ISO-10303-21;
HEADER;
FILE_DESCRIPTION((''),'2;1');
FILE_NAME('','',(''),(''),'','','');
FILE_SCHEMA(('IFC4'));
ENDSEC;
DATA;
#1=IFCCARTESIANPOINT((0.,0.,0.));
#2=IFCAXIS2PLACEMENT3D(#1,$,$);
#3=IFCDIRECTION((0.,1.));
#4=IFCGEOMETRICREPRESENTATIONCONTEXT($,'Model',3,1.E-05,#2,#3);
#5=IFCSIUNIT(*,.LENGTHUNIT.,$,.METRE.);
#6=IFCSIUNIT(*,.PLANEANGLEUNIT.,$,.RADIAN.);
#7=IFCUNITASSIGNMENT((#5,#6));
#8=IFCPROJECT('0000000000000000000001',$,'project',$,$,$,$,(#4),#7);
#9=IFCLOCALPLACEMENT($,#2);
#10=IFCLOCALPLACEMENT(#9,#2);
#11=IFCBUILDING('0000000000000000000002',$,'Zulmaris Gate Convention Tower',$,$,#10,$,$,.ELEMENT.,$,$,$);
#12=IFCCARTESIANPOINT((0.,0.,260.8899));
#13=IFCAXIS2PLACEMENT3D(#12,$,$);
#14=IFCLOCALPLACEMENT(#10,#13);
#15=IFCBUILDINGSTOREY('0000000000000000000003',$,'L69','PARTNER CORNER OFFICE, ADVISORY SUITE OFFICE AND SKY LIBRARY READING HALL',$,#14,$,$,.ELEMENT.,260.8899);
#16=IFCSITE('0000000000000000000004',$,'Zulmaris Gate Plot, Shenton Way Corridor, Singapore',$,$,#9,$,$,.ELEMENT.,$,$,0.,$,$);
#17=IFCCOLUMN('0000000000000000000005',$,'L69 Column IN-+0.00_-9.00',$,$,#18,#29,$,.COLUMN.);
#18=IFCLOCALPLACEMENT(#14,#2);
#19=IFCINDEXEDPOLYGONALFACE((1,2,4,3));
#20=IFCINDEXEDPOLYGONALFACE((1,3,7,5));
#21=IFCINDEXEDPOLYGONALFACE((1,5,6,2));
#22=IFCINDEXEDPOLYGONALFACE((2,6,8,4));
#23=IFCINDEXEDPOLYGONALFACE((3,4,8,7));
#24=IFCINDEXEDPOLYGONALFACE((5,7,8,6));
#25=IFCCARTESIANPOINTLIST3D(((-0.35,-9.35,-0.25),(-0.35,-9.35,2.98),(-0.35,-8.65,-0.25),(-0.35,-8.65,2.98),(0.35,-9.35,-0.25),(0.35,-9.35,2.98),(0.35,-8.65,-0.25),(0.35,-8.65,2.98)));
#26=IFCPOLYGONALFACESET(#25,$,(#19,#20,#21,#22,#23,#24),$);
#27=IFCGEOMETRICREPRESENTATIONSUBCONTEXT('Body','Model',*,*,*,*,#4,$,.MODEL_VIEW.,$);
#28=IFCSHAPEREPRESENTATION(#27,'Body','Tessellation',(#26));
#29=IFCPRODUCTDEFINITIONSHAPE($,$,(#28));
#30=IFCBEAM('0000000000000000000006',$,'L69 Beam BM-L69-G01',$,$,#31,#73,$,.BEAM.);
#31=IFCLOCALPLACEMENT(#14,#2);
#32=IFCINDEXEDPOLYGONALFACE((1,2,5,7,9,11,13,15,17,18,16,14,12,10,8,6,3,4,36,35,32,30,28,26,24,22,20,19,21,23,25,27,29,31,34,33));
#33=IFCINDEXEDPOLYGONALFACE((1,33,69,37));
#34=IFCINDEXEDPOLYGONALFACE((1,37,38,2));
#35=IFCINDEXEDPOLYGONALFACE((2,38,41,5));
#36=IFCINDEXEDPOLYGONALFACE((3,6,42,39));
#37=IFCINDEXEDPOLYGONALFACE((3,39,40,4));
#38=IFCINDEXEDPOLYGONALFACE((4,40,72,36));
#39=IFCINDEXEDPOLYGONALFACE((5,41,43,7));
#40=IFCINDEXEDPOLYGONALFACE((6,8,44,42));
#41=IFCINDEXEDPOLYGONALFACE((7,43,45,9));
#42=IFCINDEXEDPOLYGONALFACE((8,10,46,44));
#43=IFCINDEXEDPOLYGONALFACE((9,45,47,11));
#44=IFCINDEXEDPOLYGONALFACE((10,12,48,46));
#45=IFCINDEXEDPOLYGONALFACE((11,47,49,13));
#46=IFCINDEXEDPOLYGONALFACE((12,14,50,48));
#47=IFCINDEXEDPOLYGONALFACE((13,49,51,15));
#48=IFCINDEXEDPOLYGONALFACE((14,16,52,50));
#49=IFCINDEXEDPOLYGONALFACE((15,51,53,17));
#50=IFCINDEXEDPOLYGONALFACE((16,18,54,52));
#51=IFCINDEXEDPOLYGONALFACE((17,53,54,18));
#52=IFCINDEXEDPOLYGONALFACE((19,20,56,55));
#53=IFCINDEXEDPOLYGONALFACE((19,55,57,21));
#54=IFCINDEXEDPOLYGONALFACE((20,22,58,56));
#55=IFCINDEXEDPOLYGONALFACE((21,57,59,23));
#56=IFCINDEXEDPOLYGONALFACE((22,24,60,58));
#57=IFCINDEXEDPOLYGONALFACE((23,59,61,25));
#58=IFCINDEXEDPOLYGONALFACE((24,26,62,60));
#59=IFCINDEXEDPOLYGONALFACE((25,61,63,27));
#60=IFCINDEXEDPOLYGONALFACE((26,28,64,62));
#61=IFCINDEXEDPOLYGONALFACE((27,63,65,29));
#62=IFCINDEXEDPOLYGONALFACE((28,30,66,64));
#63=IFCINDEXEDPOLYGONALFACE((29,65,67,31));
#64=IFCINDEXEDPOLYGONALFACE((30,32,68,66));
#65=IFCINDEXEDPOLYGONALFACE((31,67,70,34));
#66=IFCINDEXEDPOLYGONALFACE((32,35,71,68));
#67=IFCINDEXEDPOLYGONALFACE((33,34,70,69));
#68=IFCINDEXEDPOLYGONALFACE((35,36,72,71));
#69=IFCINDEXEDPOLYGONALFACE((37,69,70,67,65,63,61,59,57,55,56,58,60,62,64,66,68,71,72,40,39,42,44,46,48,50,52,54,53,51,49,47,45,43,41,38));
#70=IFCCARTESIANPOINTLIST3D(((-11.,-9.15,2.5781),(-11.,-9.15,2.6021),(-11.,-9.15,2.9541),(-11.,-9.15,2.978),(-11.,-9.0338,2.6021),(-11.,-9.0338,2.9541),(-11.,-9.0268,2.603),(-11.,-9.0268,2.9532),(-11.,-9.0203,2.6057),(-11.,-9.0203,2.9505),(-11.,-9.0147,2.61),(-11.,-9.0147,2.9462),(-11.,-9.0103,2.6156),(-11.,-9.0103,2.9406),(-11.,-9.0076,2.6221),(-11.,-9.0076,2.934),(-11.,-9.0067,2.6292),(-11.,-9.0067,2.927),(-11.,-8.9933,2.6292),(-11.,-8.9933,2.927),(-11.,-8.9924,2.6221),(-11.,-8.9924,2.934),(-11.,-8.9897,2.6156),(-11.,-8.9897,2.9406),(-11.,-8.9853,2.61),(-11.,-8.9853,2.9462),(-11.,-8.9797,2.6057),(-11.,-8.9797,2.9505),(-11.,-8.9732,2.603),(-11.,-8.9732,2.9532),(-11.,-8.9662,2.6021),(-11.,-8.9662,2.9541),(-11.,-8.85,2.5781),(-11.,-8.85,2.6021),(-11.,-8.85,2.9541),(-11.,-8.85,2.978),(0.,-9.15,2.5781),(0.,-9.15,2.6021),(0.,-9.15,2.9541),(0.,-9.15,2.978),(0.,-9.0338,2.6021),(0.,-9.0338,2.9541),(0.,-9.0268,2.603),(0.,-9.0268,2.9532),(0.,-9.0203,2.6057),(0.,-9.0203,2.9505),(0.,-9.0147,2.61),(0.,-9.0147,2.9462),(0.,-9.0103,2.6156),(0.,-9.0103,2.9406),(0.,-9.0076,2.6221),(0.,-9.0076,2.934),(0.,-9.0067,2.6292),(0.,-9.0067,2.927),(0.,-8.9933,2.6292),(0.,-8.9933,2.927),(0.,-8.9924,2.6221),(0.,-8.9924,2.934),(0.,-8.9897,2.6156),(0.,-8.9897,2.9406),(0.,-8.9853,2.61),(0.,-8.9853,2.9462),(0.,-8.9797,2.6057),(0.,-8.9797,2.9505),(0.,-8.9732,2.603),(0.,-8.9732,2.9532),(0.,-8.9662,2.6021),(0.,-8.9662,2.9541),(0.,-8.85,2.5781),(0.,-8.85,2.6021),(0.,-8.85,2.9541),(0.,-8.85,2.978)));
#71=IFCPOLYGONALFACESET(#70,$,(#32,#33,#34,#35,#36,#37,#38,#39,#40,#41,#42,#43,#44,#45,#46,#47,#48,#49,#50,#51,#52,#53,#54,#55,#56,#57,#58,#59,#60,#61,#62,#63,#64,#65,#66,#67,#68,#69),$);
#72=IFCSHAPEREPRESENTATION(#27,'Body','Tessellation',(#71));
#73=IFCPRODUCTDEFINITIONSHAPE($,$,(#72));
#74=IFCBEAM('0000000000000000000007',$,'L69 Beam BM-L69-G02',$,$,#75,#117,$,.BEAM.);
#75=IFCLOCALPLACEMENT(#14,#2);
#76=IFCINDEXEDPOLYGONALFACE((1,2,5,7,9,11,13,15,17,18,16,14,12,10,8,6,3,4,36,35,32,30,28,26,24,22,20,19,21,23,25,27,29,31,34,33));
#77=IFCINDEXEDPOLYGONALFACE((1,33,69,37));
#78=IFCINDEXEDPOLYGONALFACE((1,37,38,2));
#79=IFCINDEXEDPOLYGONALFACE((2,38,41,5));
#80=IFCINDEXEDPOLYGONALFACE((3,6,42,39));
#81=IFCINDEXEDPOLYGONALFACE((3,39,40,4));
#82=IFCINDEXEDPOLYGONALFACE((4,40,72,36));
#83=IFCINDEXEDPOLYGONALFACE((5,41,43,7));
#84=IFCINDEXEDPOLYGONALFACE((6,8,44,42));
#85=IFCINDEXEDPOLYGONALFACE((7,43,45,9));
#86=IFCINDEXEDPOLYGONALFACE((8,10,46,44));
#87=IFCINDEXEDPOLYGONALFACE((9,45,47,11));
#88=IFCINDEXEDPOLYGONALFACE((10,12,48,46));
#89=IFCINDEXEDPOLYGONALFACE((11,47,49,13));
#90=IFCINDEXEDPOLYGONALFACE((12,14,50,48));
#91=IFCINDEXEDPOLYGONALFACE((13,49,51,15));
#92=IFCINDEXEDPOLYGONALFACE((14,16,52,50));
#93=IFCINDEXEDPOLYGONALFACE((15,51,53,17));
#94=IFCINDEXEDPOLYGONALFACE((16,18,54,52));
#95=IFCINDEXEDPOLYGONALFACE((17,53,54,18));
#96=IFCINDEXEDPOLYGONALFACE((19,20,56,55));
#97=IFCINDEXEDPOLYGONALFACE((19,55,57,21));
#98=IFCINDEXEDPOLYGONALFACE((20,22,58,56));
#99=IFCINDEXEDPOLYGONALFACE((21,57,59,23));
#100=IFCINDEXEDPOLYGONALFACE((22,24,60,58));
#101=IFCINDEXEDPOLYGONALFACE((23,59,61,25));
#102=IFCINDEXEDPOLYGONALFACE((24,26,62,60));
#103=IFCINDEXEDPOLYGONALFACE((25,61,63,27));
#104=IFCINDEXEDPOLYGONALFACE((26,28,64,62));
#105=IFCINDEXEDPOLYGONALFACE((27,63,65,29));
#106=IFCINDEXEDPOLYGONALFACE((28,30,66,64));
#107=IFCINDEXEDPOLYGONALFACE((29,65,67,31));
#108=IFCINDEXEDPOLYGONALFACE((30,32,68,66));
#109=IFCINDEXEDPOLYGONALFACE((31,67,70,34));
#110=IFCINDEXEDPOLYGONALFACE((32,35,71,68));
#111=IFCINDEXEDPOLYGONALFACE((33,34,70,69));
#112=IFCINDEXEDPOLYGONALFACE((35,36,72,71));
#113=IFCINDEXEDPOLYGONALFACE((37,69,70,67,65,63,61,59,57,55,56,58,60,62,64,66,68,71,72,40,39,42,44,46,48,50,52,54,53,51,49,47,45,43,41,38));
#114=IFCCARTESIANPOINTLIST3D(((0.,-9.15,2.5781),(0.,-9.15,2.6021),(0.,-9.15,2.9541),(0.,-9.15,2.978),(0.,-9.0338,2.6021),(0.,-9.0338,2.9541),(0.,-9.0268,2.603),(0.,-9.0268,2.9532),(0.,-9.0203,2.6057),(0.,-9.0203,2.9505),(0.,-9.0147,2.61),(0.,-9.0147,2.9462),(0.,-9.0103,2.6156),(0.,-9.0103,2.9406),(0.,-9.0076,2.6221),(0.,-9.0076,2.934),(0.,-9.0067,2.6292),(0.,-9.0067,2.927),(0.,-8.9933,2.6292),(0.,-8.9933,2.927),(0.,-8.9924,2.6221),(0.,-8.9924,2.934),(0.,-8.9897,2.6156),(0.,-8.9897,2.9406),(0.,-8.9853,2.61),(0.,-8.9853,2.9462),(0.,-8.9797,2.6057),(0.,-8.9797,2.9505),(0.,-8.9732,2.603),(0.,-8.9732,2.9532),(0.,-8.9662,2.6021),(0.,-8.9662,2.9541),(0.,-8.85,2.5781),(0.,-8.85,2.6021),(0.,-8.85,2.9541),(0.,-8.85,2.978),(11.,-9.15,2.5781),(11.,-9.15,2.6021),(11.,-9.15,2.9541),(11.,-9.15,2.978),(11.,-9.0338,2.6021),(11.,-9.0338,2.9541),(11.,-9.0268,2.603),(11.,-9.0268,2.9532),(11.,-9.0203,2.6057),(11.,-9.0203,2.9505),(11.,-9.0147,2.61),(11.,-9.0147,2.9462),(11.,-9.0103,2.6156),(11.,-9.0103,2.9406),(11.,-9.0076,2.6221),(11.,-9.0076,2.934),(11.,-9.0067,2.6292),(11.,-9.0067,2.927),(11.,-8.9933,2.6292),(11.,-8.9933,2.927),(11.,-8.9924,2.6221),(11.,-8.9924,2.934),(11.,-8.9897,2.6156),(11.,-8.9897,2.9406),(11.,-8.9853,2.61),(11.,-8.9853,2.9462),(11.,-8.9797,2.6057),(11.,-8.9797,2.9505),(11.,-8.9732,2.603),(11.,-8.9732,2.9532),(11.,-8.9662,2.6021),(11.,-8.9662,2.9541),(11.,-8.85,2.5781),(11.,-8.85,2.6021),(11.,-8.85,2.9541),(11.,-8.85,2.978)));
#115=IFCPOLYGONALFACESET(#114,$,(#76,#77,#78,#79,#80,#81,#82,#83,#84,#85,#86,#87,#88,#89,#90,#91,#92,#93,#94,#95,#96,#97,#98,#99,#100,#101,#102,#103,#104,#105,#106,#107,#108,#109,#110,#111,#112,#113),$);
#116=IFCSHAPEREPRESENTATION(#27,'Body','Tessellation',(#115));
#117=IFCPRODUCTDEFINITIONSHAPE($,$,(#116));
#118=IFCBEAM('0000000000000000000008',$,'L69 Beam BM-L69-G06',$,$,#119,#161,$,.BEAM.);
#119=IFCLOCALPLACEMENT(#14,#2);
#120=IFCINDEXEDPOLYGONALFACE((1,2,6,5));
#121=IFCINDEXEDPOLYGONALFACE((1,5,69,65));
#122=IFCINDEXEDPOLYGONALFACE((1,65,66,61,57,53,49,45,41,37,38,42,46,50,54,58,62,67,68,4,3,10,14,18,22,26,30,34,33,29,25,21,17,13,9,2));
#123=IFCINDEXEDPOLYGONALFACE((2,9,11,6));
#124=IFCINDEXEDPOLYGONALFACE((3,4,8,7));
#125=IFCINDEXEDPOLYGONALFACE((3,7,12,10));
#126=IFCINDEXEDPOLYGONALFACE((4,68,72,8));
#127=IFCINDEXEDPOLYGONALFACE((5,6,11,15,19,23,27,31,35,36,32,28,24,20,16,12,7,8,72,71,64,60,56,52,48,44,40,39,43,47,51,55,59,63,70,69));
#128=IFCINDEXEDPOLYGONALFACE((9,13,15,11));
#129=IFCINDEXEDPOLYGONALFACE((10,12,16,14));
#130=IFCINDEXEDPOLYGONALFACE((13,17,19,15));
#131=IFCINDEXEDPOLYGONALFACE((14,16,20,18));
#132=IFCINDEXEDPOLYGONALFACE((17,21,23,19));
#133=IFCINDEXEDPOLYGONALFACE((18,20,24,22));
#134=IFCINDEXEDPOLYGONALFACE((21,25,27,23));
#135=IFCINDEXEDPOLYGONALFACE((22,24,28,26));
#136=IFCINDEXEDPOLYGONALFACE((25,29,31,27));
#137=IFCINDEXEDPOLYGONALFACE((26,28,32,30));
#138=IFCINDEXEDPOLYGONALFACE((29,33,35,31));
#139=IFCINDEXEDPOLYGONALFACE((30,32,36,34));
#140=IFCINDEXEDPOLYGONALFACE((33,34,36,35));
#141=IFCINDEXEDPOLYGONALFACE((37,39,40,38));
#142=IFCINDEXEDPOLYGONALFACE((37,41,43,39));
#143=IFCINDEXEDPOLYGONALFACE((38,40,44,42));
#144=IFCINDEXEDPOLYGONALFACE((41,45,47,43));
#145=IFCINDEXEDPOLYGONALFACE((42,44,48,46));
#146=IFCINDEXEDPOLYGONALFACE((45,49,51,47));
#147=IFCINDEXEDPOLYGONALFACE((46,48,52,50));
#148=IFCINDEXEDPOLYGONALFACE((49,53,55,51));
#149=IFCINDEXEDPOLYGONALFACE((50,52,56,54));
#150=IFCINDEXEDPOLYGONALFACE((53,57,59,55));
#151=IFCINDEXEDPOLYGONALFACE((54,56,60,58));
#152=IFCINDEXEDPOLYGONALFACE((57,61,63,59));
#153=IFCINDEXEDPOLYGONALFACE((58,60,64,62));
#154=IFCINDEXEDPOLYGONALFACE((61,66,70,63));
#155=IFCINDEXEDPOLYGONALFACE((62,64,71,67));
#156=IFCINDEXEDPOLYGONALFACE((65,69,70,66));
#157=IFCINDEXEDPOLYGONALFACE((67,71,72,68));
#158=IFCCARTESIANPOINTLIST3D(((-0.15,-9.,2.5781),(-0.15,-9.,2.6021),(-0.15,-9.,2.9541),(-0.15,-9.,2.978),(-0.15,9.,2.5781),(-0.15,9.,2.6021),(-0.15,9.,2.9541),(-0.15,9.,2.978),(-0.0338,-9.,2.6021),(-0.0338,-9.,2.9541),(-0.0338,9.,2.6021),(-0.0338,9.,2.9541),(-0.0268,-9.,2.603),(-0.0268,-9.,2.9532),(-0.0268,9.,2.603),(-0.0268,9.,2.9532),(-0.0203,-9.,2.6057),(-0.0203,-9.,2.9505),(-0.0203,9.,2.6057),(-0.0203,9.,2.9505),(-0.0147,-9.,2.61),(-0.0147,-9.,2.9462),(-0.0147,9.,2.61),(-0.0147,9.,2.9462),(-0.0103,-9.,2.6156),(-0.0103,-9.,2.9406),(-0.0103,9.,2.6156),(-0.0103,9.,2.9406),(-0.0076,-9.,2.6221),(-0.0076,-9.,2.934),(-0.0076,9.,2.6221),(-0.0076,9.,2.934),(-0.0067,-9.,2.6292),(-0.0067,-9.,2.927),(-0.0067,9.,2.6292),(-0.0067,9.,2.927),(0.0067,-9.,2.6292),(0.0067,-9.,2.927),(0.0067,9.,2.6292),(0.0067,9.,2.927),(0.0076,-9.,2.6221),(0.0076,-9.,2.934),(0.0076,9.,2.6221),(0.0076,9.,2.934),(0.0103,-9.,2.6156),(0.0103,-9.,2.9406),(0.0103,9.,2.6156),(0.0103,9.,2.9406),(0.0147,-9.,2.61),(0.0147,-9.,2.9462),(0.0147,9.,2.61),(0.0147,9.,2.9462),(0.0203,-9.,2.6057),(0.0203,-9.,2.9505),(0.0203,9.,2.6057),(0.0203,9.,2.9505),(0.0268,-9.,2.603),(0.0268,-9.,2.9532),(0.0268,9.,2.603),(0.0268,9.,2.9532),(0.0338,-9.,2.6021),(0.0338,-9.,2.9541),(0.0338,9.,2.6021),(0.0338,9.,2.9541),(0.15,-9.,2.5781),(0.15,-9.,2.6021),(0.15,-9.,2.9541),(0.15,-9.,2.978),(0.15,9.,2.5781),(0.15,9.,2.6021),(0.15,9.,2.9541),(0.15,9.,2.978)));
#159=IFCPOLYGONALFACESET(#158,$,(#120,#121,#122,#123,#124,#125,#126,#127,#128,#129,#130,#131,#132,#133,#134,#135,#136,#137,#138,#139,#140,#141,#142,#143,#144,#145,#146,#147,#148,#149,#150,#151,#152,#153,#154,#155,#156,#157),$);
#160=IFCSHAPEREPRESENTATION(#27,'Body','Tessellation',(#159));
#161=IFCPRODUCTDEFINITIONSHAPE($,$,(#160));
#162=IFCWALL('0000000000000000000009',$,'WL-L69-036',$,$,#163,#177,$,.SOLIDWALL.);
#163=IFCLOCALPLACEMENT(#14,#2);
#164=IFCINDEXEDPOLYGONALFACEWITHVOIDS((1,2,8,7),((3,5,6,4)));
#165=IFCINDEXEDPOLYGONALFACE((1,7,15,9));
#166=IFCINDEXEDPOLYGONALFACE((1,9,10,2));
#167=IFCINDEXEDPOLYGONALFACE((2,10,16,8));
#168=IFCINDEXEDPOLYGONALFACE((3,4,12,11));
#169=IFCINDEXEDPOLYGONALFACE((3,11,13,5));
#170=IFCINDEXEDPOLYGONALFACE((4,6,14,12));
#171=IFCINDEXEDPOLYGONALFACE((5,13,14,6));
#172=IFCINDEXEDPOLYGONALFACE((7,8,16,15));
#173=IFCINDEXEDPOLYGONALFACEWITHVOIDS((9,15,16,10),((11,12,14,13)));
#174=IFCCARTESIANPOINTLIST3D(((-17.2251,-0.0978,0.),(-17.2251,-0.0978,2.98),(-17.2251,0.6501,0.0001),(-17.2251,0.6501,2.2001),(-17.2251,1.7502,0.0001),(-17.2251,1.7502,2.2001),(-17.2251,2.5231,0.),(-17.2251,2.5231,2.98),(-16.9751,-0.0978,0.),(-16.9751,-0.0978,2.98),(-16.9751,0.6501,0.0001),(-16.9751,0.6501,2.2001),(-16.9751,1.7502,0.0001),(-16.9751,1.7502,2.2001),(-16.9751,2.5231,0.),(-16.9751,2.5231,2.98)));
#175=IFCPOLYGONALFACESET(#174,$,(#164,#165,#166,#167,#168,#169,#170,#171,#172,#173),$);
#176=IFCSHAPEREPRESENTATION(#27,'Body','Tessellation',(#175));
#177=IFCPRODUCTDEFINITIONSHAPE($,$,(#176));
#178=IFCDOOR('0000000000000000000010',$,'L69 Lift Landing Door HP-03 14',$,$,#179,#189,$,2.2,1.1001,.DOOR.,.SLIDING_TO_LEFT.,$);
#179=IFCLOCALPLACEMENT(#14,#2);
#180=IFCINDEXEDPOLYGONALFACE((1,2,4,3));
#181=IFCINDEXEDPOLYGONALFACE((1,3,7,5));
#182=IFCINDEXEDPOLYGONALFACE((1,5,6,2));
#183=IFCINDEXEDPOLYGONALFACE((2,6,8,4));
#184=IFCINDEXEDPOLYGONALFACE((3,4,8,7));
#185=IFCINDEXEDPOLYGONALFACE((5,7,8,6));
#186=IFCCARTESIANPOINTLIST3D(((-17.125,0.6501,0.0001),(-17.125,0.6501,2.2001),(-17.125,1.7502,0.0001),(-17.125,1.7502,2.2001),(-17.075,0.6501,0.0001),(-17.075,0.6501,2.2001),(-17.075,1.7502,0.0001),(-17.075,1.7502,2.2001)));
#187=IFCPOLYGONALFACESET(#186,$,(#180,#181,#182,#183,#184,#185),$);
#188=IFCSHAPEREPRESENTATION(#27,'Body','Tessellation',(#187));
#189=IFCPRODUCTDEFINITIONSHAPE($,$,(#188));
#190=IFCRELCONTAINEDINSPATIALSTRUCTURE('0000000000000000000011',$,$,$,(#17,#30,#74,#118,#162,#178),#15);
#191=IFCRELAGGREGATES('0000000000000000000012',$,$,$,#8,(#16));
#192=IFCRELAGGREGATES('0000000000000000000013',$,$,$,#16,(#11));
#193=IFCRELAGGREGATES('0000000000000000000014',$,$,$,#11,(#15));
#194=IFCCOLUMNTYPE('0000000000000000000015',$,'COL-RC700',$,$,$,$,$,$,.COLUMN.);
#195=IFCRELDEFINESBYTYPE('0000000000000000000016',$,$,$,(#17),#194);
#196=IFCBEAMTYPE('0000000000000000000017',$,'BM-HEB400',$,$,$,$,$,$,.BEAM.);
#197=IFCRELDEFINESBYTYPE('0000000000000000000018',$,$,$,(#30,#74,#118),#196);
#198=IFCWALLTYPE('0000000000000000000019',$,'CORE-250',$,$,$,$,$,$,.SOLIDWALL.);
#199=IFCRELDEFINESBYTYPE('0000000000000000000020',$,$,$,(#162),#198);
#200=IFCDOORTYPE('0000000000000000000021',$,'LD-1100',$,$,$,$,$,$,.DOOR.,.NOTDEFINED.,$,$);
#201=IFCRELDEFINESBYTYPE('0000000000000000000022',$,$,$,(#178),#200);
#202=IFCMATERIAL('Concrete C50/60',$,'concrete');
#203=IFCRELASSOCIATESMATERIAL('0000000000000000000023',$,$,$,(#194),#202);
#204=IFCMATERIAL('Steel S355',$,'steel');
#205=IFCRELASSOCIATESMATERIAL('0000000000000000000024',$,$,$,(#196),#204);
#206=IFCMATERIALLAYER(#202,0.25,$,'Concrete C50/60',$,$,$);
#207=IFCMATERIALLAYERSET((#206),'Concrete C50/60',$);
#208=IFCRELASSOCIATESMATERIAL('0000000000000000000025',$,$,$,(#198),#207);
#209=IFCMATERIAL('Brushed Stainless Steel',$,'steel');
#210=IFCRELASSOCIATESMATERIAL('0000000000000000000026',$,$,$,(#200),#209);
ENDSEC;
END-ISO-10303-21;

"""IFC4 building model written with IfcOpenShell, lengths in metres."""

from ifc_helpers import new_model, si_unit, direction, frame, frame_2d, origin, origin_2d, place, context, subcontext, project, spatial, rectangle, i_section, extrude, material, layer, layer_set, material_profile, profile_set, type_object, element, fill, save


model = new_model("IFC4")

# Units and contexts
model_context = context("Model", 3, precision=1e-05, world=origin(), true_north=direction((0.0, 1.0)))
body_context = subcontext(model_context, "Body", "Model", "MODEL_VIEW")
ifc_project = project(units=[si_unit("LENGTHUNIT", "METRE"), si_unit("PLANEANGLEUNIT", "RADIAN")], contexts=[model_context])

# Site, building, storey
site_placement = place(None, origin())
site = spatial("IfcSite", under=ifc_project, at=site_placement, Name="Zulmaris Gate Plot, Shenton Way Corridor, Singapore", CompositionType="ELEMENT", RefElevation=0.0)
building_placement = place(site_placement, origin())
building = spatial("IfcBuilding", under=site, at=building_placement, Name="Zulmaris Gate Convention Tower", CompositionType="ELEMENT")
storey_placement = place(building_placement, frame((0.0, 0.0, 260.8899)))
storey = spatial("IfcBuildingStorey", under=building, at=storey_placement, Name="L69", Description="PARTNER CORNER OFFICE, ADVISORY SUITE OFFICE AND SKY LIBRARY READING HALL", CompositionType="ELEMENT", Elevation=260.8899)

# Column
ifc_material_1 = material(Name="Concrete C50/60", Category="concrete")
ifc_material_profile_1 = material_profile(ifc_material_1, rectangle(XDim=0.7, YDim=0.7, at=origin_2d()), Name="RC COL 700x700")
ifc_profile_set_1 = profile_set([ifc_material_profile_1], Name="Concrete C50/60")
column_type = type_object("IfcColumnType", Name="COL-RC700", PredefinedType="COLUMN", material=ifc_profile_set_1)
column_placement = place(storey_placement, frame((0.0, -9.0, -0.25), z_axis=(0.0, 0.0, 1.0), x_axis=(1.0, 0.0, 0.0)))
element("IfcColumn", 1, at=column_placement, inside=storey, type_object=column_type, Name="L69 Column IN-+0.00_-9.00", PredefinedType="COLUMN", context=body_context, shape_type="SweptSolid", body=[
    extrude(rectangle(XDim=0.7, YDim=0.7, at=origin_2d()), origin(), (0.0, 0.0, 1.0), 3.23),
])

# Beams
ifc_material_2 = material(Name="Steel S355", Category="steel")
ifc_material_profile_2 = material_profile(ifc_material_2, i_section(OverallWidth=0.3, OverallDepth=0.3999, WebThickness=0.0134, FlangeThickness=0.0239, FilletRadius=0.0271, at=origin_2d()), Name="HEB 400")
ifc_profile_set_2 = profile_set([ifc_material_profile_2], Name="Steel S355")
beam_type = type_object("IfcBeamType", Name="BM-HEB400", PredefinedType="BEAM", material=ifc_profile_set_2)
for number, where, z_axis, x_axis, name in (
    (2, (-11.0, -9.0, 2.7781), (1.0, 0.0, 0.0), (0.0, 1.0, 0.0), "L69 Beam BM-L69-G01"),
    (3, (0.0, -9.0, 2.7781), (1.0, 0.0, 0.0), (0.0, 1.0, 0.0), "L69 Beam BM-L69-G02"),
):
    element("IfcBeam", number, at=place(storey_placement, frame(where, z_axis=z_axis, x_axis=x_axis)), inside=storey, type_object=beam_type, Name=name, PredefinedType="BEAM", context=body_context, shape_type="SweptSolid", body=[
        extrude(i_section(OverallWidth=0.3, OverallDepth=0.3999, WebThickness=0.0134, FlangeThickness=0.0239, FilletRadius=0.0271, at=origin_2d()), origin(), (0.0, 0.0, 1.0), 11.0),
    ])
beam_placement = place(storey_placement, frame((0.0, -9.0, 2.7781), z_axis=(0.0, 1.0, 0.0), x_axis=(-1.0, 0.0, 0.0)))
element("IfcBeam", 4, at=beam_placement, inside=storey, type_object=beam_type, Name="L69 Beam BM-L69-G06", PredefinedType="BEAM", context=body_context, shape_type="SweptSolid", body=[
    extrude(i_section(OverallWidth=0.3, OverallDepth=0.3999, WebThickness=0.0134, FlangeThickness=0.0239, FilletRadius=0.0271, at=origin_2d()), origin(), (0.0, 0.0, 1.0), 18.0),
])

# Wall, opening, door
ifc_layer_1 = layer(ifc_material_1, 0.25, Name="Concrete C50/60")
ifc_layer_set_1 = layer_set([ifc_layer_1], Name="Concrete C50/60")
wall_type_1 = type_object("IfcWallType", Name="CORE-250", PredefinedType="SOLIDWALL", material=ifc_layer_set_1)
wall_1_placement = place(storey_placement, frame((-17.1001, -0.0979, 0.0), z_axis=(0.0, 0.0, 1.0), x_axis=(0.0, 1.0, 0.0)))
wall_1 = element("IfcWall", 5, at=wall_1_placement, inside=storey, type_object=wall_type_1, Name="WL-L69-036", PredefinedType="SOLIDWALL", context=body_context, shape_type="SweptSolid", body=[
    extrude(rectangle(XDim=2.6208, YDim=0.25, at=frame_2d((1.3105, 0.0))), origin(), (0.0, 0.0, 1.0), 2.98),
])
opening_1_placement = place(wall_1_placement, frame((0.748, 0.0, 0.0)))
opening_1 = element("IfcOpeningElement", 6, at=opening_1_placement, cuts=wall_1, PredefinedType="OPENING", context=body_context, shape_type="SweptSolid", body=[
    extrude(rectangle(XDim=1.1001, YDim=2.2, at=frame_2d((0.55, 1.1001))), frame((0.0, 0.135, 0.0), z_axis=(0.0, -1.0, 0.0), x_axis=(1.0, 0.0, 0.0)), (0.0, 0.0, 1.0), 0.27),
])
ifc_material_3 = material(Name="Brushed Stainless Steel", Category="steel")
door_type_1 = type_object("IfcDoorType", Name="LD-1100", OperationType="NOTDEFINED", PredefinedType="DOOR", material=ifc_material_3)
door_1_placement = place(opening_1_placement, origin())
door_1 = element("IfcDoor", 7, at=door_1_placement, inside=storey, type_object=door_type_1, Name="L69 Lift Landing Door HP-03 14", OperationType="SLIDING_TO_LEFT", OverallHeight=2.2, OverallWidth=1.1001, PredefinedType="DOOR", context=body_context, shape_type="SweptSolid", body=[
    extrude(rectangle(XDim=1.1001, YDim=2.2, at=frame_2d((0.55, 1.1001))), frame((0.0, 0.0249, 0.0), z_axis=(0.0, -1.0, 0.0), x_axis=(1.0, 0.0, 0.0)), (0.0, 0.0, 1.0), 0.05),
])
fill(opening_1, door_1)

save(model, "model.ifc")
